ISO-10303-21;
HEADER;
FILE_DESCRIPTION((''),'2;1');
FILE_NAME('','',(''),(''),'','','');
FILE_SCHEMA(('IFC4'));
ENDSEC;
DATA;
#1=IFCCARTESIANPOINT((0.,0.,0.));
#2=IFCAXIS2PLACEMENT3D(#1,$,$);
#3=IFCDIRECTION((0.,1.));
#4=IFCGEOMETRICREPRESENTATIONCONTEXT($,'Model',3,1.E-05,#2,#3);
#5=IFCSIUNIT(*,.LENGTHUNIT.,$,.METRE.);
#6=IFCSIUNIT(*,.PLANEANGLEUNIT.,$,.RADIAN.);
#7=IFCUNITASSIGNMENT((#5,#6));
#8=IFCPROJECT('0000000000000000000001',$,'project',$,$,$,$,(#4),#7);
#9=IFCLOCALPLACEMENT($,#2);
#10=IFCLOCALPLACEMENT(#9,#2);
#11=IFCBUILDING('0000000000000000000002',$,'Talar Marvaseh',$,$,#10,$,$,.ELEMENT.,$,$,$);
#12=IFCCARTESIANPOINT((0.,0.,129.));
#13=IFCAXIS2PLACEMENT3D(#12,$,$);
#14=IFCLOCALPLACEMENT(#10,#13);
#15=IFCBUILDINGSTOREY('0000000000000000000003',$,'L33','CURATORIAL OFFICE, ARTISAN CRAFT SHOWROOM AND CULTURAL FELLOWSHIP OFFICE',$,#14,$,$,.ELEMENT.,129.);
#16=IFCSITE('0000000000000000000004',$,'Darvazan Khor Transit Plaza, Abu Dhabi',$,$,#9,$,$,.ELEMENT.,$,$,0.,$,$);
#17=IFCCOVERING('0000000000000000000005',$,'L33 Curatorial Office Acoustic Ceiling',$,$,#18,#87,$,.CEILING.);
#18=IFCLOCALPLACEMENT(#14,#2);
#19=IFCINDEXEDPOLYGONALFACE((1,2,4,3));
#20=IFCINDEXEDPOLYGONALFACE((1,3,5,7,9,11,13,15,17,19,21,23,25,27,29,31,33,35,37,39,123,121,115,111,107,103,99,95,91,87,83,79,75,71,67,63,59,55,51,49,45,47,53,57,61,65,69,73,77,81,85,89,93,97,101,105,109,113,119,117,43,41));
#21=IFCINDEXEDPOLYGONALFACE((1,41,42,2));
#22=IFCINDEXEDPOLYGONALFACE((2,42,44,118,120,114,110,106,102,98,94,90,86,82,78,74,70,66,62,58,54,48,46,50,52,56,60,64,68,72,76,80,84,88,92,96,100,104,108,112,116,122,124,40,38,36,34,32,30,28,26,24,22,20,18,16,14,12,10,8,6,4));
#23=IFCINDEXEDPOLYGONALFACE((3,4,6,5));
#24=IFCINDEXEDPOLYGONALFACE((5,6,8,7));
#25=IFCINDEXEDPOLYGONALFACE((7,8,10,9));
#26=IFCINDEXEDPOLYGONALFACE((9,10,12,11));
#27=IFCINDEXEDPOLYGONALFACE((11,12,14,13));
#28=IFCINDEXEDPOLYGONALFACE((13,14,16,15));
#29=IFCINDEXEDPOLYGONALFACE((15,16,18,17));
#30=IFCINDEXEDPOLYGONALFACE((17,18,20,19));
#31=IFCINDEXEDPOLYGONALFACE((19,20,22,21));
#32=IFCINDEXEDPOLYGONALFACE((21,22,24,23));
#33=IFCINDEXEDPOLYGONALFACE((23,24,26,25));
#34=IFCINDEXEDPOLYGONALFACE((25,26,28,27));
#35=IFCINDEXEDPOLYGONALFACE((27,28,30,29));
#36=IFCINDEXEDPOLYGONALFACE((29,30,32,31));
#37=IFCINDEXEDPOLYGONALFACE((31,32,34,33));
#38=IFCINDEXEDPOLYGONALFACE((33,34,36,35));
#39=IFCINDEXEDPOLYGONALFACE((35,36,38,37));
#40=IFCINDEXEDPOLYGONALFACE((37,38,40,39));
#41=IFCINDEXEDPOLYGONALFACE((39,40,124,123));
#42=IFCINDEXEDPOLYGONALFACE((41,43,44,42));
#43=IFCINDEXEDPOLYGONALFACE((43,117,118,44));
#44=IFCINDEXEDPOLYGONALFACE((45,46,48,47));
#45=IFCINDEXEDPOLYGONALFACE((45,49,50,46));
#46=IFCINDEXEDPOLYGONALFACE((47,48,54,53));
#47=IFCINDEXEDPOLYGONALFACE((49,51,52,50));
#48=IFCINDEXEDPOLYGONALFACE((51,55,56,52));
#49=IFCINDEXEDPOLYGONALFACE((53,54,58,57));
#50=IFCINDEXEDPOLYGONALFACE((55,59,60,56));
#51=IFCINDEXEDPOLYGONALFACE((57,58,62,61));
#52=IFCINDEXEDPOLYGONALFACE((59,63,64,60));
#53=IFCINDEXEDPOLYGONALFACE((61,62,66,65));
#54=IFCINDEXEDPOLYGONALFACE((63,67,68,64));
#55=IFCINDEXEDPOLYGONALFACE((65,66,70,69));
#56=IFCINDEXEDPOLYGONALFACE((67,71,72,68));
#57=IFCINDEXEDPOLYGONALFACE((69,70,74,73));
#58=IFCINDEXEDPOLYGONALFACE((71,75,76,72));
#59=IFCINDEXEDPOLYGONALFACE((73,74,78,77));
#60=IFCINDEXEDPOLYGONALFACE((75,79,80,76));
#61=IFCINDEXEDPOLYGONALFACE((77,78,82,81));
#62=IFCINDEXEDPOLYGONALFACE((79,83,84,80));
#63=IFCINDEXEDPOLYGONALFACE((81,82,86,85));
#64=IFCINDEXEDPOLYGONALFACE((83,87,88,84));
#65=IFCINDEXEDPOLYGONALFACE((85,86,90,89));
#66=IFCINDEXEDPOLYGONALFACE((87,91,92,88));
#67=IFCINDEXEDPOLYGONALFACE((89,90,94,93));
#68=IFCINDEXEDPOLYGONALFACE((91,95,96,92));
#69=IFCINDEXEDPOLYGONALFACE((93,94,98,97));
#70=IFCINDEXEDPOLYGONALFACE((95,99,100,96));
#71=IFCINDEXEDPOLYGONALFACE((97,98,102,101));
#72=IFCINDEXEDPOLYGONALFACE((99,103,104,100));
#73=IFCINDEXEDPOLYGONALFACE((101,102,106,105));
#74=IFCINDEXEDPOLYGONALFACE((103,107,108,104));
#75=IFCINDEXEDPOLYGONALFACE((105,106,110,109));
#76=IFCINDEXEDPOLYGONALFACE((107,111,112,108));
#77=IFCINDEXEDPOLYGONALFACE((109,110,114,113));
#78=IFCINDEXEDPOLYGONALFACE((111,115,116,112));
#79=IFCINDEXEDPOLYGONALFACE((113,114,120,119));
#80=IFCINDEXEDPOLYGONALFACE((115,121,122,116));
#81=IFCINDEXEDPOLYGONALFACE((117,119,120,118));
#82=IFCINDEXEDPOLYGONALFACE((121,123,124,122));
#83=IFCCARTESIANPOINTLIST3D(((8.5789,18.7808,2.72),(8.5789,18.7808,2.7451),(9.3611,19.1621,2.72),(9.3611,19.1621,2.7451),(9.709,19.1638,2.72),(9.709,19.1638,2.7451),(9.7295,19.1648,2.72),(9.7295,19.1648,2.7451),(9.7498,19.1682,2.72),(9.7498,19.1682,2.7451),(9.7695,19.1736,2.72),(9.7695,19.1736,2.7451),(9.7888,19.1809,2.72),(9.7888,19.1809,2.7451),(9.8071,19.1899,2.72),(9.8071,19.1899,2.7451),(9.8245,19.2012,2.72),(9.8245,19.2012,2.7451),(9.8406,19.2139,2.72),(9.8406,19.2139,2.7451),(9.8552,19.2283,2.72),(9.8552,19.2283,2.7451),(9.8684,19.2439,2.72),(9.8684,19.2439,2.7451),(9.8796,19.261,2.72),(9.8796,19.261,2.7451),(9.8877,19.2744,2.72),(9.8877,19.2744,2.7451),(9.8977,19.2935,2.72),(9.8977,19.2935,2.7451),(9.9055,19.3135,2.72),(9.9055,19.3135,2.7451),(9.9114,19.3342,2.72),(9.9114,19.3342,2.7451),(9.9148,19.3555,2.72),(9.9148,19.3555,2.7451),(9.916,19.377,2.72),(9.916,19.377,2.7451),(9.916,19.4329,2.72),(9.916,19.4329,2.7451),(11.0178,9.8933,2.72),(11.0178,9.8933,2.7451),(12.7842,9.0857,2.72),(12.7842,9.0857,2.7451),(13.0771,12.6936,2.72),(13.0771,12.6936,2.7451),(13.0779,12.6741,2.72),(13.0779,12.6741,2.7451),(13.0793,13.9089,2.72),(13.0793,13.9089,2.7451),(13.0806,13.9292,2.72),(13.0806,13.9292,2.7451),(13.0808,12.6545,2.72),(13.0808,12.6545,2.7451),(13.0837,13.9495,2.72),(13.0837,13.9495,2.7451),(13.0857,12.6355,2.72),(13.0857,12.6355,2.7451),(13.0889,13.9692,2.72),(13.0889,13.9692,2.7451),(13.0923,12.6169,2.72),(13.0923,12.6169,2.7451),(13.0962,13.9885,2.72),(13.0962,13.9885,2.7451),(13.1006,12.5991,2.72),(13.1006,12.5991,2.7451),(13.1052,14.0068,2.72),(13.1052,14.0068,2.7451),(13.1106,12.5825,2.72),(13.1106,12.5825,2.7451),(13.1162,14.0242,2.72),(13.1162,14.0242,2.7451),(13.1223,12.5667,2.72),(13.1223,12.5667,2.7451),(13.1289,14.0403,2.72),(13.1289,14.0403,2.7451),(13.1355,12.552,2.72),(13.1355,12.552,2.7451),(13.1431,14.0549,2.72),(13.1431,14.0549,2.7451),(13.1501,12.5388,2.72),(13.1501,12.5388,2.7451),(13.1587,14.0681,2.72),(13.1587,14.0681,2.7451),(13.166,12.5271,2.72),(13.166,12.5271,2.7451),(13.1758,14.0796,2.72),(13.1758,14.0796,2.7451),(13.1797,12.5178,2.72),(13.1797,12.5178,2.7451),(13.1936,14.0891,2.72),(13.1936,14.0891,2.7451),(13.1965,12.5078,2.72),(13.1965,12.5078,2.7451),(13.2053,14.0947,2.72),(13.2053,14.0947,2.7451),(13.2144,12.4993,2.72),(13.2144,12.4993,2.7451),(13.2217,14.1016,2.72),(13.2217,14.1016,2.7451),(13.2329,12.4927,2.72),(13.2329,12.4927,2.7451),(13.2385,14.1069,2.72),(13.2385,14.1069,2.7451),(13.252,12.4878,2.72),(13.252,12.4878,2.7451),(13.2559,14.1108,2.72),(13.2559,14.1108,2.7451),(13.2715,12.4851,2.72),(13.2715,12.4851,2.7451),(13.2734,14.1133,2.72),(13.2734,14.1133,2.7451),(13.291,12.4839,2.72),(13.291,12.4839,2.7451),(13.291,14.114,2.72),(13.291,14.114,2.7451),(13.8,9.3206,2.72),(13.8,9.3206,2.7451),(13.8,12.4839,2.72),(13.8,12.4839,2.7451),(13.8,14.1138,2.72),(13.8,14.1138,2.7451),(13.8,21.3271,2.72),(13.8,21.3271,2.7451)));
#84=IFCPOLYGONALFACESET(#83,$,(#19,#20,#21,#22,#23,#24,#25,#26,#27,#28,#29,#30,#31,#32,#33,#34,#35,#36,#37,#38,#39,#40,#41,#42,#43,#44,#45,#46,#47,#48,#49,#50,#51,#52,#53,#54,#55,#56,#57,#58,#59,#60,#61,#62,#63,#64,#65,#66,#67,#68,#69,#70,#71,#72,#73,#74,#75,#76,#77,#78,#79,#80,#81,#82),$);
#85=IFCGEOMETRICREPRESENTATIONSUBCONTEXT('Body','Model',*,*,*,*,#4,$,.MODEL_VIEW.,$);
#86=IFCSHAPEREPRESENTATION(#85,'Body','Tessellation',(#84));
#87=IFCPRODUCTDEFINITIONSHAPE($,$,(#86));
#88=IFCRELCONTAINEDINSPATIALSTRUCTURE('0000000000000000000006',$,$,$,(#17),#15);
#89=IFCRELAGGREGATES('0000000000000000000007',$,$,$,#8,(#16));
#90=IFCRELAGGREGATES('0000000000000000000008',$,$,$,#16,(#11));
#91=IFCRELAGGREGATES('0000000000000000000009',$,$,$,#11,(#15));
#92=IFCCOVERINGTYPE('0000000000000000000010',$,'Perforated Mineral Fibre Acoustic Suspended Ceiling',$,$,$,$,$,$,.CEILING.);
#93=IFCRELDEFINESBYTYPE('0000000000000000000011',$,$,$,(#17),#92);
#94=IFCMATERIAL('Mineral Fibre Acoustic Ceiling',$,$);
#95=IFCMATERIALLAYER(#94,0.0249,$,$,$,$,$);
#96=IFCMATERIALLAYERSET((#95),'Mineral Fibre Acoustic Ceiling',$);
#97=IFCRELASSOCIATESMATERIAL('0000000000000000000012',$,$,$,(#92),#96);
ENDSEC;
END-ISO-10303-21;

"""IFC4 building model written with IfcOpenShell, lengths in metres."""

from ifc_helpers import new_model, si_unit, direction, frame, origin, place, context, subcontext, project, spatial, polyline, outline, extrude, material, layer, layer_set, type_object, element, save


model = new_model("IFC4")

# Units and contexts
model_context = context("Model", 3, precision=1e-05, world=origin(), true_north=direction((0.0, 1.0)))
body_context = subcontext(model_context, "Body", "Model", "MODEL_VIEW")
ifc_project = project(units=[si_unit("LENGTHUNIT", "METRE"), si_unit("PLANEANGLEUNIT", "RADIAN")], contexts=[model_context])

# Site, building, storey
site_placement = place(None, origin())
site = spatial("IfcSite", under=ifc_project, at=site_placement, Name="Darvazan Khor Transit Plaza, Abu Dhabi", CompositionType="ELEMENT", RefElevation=0.0)
building_placement = place(site_placement, origin())
building = spatial("IfcBuilding", under=site, at=building_placement, Name="Talar Marvaseh", CompositionType="ELEMENT")
storey_placement = place(building_placement, frame((0.0, 0.0, 129.0)))
storey = spatial("IfcBuildingStorey", under=building, at=storey_placement, Name="L33", Description="CURATORIAL OFFICE, ARTISAN CRAFT SHOWROOM AND CULTURAL FELLOWSHIP OFFICE", CompositionType="ELEMENT", Elevation=129.0)

# Covering
ifc_material_1 = material(Name="Mineral Fibre Acoustic Ceiling")
ifc_layer_1 = layer(ifc_material_1, 0.0249)
ifc_layer_set_1 = layer_set([ifc_layer_1], Name="Mineral Fibre Acoustic Ceiling")
covering_type_1 = type_object("IfcCoveringType", Name="Perforated Mineral Fibre Acoustic Suspended Ceiling", PredefinedType="CEILING", material=ifc_layer_set_1)
covering_1_placement = place(storey_placement, frame((0.0, 0.0, 2.72)))
element("IfcCovering", 1, at=covering_1_placement, inside=storey, type_object=covering_type_1, Name="L33 Curatorial Office Acoustic Ceiling", PredefinedType="CEILING", context=body_context, shape_type="SweptSolid", body=[
    extrude(outline(polyline([(9.3611, 19.1621), (9.709, 19.1638), (9.7295, 19.1648), (9.7498, 19.1682), (9.7695, 19.1736), (9.7888, 19.1809), (9.8071, 19.1899), (9.8245, 19.2012), (9.8406, 19.2139), (9.8552, 19.2283), (9.8684, 19.2439), (9.8796, 19.261), (9.8877, 19.2744), (9.8977, 19.2935), (9.9055, 19.3135), (9.9114, 19.3342), (9.9148, 19.3555), (9.916, 19.377), (9.916, 19.4329), (13.8, 21.3271), (13.8, 14.1138), (13.291, 14.114), (13.2734, 14.1133), (13.2559, 14.1108), (13.2385, 14.1069), (13.2217, 14.1016), (13.2053, 14.0947), (13.1936, 14.0891), (13.1758, 14.0796), (13.1587, 14.0681), (13.1431, 14.0549), (13.1289, 14.0403), (13.1162, 14.0242), (13.1052, 14.0068), (13.0962, 13.9885), (13.0889, 13.9692), (13.0837, 13.9495), (13.0806, 13.9292), (13.0793, 13.9089), (13.0771, 12.6936), (13.0779, 12.6741), (13.0808, 12.6545), (13.0857, 12.6355), (13.0923, 12.6169), (13.1006, 12.5991), (13.1106, 12.5825), (13.1223, 12.5667), (13.1355, 12.552), (13.1501, 12.5388), (13.166, 12.5271), (13.1797, 12.5178), (13.1965, 12.5078), (13.2144, 12.4993), (13.2329, 12.4927), (13.252, 12.4878), (13.2715, 12.4851), (13.291, 12.4839), (13.8, 12.4839), (13.8, 9.3206), (12.7842, 9.0857), (11.0178, 9.8933), (8.5789, 18.7808), (9.3611, 19.1621)])), origin(), (0.0, 0.0, 1.0), 0.0251),
])

save(model, "model.ifc")
